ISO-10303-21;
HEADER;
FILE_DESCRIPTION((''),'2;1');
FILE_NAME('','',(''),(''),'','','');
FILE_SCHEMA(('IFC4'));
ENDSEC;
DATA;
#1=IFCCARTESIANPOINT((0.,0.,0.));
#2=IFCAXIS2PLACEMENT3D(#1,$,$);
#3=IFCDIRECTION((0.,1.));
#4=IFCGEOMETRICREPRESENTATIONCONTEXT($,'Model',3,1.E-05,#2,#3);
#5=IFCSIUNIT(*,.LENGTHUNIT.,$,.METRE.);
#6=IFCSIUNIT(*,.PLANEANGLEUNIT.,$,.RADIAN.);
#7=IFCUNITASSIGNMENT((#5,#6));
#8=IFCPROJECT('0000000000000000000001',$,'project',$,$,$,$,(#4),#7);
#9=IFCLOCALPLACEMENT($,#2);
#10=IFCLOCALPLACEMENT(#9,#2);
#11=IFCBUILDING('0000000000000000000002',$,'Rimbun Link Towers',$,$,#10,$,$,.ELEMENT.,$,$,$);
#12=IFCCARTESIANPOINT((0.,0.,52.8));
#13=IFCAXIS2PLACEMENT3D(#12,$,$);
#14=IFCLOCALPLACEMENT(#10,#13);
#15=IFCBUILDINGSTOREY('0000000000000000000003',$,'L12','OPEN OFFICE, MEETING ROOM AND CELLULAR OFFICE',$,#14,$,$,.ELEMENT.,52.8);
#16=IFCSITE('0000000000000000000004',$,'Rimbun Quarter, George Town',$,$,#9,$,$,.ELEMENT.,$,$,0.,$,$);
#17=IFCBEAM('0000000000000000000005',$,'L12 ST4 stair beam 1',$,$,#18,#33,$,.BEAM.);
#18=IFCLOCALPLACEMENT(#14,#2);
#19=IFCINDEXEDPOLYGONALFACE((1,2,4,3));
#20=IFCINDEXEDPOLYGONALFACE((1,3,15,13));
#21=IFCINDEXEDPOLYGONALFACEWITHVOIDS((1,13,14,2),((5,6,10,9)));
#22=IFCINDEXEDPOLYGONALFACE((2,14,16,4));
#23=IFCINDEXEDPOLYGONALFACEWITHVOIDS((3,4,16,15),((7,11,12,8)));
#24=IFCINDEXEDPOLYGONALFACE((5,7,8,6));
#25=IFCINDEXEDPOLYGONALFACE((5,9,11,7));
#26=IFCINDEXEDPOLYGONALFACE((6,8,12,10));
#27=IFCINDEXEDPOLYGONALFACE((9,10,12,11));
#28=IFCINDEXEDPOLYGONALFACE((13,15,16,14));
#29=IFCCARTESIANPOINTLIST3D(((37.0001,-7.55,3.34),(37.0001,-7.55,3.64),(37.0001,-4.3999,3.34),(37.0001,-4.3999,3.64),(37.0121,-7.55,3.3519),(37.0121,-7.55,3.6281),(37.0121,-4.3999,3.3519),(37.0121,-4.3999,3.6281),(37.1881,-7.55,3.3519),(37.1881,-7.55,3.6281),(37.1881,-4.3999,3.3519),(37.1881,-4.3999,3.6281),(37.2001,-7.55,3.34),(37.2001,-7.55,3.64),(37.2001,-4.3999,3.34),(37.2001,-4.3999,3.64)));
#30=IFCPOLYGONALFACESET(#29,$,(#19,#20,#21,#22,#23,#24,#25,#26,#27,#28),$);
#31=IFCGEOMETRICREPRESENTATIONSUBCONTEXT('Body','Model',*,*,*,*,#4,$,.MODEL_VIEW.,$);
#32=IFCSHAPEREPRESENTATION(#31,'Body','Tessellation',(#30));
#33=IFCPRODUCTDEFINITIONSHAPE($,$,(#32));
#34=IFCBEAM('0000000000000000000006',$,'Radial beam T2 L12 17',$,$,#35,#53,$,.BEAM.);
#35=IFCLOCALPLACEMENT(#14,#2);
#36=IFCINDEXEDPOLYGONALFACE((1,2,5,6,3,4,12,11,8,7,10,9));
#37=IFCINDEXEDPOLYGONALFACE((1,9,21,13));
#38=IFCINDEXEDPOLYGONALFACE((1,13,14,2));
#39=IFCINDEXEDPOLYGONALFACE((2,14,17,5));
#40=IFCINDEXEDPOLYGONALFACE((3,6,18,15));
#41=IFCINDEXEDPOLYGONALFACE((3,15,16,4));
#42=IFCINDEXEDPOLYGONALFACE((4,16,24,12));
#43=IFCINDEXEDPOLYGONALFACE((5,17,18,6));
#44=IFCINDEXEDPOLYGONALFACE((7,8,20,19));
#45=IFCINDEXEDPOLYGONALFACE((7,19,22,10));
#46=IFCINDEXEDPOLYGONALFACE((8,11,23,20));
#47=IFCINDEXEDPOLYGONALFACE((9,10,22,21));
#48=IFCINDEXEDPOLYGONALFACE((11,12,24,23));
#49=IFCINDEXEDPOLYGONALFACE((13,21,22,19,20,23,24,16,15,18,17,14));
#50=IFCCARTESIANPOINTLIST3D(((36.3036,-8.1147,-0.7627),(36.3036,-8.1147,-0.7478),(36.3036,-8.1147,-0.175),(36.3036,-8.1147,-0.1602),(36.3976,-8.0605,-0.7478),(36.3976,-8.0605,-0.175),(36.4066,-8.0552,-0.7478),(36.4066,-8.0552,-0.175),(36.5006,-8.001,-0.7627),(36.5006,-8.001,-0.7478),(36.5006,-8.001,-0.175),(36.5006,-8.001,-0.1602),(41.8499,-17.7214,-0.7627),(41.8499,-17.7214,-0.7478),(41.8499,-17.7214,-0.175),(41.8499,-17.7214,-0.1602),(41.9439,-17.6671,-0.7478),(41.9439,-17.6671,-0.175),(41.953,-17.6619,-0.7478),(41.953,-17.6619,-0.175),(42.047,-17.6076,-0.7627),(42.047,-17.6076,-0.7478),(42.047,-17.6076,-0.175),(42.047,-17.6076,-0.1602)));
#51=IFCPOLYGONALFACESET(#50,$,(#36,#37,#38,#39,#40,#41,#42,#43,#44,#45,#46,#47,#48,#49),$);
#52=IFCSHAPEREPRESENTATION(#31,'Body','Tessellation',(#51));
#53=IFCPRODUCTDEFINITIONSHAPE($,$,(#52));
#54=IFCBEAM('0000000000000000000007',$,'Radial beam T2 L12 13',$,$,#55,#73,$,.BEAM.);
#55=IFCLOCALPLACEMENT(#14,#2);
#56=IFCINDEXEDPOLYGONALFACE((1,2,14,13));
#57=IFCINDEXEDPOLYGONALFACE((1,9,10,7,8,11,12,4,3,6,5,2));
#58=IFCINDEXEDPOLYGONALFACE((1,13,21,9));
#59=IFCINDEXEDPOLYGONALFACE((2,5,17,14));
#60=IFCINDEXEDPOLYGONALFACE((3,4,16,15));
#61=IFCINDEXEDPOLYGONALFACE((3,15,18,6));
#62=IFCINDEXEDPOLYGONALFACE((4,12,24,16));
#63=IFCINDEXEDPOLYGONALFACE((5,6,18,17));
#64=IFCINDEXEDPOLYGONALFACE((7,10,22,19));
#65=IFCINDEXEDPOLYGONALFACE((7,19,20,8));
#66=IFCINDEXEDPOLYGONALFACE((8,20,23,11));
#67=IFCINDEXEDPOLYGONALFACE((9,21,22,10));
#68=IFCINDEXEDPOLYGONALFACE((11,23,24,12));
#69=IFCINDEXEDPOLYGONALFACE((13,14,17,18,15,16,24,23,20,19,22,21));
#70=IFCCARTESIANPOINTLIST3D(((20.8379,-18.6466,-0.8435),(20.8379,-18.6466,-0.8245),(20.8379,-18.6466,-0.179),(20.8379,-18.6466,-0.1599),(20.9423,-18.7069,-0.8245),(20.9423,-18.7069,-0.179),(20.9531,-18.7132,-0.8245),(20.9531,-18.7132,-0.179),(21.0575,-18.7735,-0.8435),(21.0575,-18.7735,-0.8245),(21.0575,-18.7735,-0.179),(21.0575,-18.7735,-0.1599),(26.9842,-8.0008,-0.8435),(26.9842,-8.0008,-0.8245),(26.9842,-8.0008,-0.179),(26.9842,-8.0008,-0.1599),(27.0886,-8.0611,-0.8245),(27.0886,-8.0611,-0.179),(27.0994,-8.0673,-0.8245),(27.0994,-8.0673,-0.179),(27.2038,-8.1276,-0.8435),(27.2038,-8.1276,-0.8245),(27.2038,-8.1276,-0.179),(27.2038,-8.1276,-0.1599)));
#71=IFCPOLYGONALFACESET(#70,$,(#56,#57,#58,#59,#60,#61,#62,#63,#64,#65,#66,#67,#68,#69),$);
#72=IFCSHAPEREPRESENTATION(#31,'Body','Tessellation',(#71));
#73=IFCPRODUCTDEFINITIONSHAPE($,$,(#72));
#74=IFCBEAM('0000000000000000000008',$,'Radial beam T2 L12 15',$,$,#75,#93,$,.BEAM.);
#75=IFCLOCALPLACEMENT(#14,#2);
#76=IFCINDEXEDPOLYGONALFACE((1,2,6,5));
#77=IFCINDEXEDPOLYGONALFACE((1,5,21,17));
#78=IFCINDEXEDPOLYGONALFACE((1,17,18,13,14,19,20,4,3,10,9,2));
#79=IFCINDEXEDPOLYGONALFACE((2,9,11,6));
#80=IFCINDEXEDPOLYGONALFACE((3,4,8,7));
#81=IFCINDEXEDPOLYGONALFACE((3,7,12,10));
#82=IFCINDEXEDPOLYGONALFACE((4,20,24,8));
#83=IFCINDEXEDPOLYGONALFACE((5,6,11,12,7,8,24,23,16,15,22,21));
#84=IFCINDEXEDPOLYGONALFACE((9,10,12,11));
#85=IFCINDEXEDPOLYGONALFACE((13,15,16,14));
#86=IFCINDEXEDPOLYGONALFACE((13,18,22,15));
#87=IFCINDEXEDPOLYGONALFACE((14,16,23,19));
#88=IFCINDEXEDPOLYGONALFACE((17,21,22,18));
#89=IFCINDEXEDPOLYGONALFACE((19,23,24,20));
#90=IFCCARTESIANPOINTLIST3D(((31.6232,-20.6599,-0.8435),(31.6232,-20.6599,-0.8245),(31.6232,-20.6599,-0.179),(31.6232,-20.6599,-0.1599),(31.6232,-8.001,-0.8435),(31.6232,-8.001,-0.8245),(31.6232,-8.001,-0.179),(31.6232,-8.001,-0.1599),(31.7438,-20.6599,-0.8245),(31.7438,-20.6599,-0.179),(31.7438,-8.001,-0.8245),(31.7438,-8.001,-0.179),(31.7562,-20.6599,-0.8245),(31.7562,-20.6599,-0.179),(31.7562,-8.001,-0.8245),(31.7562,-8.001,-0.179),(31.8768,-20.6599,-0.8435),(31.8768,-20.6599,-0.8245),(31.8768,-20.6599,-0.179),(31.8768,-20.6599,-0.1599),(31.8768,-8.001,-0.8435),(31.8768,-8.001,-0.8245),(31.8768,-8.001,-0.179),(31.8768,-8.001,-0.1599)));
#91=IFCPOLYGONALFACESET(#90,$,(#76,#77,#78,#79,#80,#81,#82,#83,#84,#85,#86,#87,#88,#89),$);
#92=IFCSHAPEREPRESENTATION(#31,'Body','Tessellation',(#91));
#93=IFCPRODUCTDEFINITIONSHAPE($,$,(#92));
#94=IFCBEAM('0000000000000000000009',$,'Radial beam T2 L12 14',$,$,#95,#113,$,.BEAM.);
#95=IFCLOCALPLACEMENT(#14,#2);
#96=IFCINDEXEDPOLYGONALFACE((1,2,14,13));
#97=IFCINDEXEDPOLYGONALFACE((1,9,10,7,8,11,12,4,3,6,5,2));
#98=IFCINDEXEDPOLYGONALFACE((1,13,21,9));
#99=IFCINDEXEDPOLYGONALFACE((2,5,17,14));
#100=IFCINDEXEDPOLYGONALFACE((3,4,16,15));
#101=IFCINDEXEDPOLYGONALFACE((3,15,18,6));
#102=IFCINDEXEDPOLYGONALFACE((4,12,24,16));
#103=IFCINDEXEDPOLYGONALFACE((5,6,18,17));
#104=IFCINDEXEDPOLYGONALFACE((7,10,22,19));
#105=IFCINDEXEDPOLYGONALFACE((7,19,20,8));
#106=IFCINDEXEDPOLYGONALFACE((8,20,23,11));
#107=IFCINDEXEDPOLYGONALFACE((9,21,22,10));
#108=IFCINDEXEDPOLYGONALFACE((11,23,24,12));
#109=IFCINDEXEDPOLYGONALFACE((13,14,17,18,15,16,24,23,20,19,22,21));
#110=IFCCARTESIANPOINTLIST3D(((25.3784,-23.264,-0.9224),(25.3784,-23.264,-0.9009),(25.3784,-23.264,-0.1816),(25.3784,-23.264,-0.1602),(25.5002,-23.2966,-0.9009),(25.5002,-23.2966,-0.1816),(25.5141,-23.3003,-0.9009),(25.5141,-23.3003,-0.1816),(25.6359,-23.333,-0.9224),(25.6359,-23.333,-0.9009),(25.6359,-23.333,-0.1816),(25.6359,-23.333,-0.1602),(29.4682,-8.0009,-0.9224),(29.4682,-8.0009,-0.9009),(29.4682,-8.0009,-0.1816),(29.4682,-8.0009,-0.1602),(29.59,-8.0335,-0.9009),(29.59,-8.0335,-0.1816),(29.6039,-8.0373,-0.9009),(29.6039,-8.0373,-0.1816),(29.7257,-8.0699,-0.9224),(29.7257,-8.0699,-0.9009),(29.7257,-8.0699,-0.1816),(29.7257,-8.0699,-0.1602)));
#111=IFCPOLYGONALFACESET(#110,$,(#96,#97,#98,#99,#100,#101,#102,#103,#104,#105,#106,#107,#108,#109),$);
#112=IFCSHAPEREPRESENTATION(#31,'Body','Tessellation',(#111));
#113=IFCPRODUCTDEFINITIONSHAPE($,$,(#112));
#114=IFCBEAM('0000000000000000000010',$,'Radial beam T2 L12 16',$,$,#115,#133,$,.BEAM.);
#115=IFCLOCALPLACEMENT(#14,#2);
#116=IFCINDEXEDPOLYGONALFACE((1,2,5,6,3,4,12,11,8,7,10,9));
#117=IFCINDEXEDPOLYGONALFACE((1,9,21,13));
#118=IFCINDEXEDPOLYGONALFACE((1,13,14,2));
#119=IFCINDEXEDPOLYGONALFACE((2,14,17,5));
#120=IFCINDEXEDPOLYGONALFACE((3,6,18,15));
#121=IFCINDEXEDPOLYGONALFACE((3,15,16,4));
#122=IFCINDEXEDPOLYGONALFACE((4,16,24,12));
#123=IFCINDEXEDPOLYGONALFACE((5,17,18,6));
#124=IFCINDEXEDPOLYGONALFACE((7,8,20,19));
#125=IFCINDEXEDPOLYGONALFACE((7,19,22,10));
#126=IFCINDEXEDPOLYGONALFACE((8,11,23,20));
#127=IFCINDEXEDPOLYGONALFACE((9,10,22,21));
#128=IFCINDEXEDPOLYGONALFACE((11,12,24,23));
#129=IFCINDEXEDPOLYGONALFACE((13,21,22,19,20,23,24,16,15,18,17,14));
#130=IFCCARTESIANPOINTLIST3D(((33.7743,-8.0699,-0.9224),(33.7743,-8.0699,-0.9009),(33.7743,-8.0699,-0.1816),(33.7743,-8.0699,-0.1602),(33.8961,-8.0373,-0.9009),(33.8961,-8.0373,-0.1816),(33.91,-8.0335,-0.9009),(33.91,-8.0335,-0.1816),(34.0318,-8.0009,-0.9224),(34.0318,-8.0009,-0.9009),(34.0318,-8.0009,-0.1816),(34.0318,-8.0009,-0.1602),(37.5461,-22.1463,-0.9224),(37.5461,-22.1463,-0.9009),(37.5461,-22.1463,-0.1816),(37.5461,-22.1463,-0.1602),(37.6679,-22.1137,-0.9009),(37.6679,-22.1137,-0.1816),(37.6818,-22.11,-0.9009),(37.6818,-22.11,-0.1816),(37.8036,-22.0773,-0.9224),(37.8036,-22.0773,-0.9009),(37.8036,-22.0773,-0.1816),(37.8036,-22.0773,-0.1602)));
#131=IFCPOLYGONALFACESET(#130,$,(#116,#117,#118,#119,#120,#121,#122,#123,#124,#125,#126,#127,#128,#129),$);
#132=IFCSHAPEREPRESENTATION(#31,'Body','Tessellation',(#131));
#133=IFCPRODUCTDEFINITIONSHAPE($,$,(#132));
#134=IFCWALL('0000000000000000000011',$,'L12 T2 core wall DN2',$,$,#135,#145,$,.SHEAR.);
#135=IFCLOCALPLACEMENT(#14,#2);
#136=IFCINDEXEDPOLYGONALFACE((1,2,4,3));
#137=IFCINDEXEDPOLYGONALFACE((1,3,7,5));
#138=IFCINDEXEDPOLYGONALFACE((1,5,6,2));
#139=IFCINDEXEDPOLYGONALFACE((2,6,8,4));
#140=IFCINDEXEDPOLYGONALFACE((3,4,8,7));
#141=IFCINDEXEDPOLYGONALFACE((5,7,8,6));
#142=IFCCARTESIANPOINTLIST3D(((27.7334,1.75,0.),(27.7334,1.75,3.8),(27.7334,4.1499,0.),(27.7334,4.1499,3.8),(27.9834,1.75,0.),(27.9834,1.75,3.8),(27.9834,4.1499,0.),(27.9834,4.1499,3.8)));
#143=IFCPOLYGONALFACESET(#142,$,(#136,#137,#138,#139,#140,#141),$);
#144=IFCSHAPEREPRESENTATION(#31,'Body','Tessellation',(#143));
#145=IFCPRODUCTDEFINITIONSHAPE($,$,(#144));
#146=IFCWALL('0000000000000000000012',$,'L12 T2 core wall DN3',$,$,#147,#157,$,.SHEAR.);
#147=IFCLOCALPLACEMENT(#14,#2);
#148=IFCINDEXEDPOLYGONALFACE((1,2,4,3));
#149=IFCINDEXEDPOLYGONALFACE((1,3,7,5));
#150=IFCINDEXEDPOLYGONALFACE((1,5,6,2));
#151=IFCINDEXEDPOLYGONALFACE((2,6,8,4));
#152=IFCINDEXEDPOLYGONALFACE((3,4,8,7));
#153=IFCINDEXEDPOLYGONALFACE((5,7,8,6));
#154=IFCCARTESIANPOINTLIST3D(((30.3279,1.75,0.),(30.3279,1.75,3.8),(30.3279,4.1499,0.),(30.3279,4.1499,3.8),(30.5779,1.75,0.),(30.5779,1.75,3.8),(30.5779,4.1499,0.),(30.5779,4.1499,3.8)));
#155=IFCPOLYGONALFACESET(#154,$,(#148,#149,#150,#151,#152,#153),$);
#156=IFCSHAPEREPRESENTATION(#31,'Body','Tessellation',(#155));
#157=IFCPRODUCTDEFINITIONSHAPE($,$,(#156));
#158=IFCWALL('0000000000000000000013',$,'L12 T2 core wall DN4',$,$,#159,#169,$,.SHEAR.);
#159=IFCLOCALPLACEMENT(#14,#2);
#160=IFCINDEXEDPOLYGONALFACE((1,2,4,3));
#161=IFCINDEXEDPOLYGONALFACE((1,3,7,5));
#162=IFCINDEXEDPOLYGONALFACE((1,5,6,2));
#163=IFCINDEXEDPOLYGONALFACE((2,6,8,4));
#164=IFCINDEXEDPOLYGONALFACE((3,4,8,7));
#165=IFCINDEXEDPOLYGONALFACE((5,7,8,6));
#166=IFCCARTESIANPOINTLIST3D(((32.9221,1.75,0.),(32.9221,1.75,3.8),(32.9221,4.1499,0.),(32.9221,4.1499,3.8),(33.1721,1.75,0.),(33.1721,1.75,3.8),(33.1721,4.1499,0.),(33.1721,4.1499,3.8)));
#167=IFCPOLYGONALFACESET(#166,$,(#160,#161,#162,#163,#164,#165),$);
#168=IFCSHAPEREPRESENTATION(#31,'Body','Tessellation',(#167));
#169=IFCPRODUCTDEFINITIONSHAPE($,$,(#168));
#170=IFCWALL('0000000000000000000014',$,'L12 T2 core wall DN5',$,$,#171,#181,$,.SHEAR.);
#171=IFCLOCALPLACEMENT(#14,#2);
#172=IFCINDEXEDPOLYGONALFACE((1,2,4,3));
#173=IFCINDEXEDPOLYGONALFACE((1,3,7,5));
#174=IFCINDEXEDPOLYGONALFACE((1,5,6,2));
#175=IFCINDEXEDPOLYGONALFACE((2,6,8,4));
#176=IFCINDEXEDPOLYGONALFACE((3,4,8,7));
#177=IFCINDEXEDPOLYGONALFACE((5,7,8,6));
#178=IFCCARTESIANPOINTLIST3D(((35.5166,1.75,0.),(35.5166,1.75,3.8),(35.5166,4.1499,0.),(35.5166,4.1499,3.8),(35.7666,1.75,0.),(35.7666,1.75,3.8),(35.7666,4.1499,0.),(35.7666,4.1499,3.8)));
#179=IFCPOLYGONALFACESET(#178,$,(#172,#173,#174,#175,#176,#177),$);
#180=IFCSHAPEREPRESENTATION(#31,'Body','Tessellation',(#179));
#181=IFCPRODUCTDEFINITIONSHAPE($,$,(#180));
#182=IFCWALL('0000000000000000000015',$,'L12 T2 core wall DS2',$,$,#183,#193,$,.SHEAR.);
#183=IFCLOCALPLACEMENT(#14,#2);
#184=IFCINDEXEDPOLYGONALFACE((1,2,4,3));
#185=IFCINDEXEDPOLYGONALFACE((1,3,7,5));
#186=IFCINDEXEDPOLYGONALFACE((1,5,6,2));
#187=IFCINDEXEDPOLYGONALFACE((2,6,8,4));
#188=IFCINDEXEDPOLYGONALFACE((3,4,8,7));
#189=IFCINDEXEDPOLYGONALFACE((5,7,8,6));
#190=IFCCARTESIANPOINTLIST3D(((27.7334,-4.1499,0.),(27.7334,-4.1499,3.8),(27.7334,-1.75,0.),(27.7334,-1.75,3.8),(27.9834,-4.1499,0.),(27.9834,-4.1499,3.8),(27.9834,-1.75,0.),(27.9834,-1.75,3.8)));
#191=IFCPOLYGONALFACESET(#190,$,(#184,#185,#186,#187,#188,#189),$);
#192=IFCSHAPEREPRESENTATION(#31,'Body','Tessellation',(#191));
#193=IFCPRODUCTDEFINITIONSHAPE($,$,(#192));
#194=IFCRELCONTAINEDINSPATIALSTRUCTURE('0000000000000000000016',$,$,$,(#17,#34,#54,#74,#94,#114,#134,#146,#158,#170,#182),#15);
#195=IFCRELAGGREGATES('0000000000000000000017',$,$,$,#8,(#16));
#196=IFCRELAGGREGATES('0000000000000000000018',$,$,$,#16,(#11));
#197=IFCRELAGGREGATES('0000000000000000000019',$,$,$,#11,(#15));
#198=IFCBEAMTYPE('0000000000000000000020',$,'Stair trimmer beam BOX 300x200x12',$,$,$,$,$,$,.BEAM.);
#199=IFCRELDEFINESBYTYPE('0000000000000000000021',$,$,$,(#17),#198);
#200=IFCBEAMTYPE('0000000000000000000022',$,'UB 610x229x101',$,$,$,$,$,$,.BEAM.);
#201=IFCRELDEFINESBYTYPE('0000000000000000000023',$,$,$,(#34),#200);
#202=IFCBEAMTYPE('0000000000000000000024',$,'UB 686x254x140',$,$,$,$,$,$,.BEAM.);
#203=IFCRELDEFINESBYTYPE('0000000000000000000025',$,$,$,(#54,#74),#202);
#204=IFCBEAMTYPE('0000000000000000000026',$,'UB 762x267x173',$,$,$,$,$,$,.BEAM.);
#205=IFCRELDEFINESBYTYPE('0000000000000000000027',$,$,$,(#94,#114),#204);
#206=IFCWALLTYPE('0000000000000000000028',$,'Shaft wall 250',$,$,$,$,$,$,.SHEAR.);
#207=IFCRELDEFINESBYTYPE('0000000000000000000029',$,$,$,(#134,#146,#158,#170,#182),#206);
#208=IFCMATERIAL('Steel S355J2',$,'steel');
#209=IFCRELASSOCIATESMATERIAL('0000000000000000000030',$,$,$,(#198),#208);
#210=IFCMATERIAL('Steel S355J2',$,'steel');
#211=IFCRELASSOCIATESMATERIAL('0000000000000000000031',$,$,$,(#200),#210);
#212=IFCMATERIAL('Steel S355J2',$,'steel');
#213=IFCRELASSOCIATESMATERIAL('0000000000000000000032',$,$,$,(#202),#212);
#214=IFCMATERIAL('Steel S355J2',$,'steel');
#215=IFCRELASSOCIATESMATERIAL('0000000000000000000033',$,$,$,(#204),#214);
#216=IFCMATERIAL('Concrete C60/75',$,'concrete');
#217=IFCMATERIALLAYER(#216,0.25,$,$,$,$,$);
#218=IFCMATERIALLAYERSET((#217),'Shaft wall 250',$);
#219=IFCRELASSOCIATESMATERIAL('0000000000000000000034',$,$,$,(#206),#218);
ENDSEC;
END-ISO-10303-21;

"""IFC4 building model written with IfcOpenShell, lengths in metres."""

from ifc_helpers import new_model, si_unit, direction, frame, frame_2d, origin, origin_2d, place, context, subcontext, project, spatial, rectangle, hollow_rectangle, i_section, extrude, material, layer, layer_set, material_profile, profile_set, type_object, element, save


model = new_model("IFC4")

# Units and contexts
model_context = context("Model", 3, precision=1e-05, world=origin(), true_north=direction((0.0, 1.0)))
body_context = subcontext(model_context, "Body", "Model", "MODEL_VIEW")
ifc_project = project(units=[si_unit("LENGTHUNIT", "METRE"), si_unit("PLANEANGLEUNIT", "RADIAN")], contexts=[model_context])

# Site, building, storey
site_placement = place(None, origin())
site = spatial("IfcSite", under=ifc_project, at=site_placement, Name="Rimbun Quarter, George Town", CompositionType="ELEMENT", RefElevation=0.0)
building_placement = place(site_placement, origin())
building = spatial("IfcBuilding", under=site, at=building_placement, Name="Rimbun Link Towers", CompositionType="ELEMENT")
storey_placement = place(building_placement, frame((0.0, 0.0, 52.8)))
storey = spatial("IfcBuildingStorey", under=building, at=storey_placement, Name="L12", Description="OPEN OFFICE, MEETING ROOM AND CELLULAR OFFICE", CompositionType="ELEMENT", Elevation=52.8)

# Beams
ifc_material_1 = material(Name="Steel S355J2", Category="steel")
ifc_material_profile_1 = material_profile(ifc_material_1, hollow_rectangle(XDim=0.2, YDim=0.3, WallThickness=0.012, at=origin_2d()), Name="BOX 300x200x12")
ifc_profile_set_1 = profile_set([ifc_material_profile_1], Name="Steel S355J2")
beam_type_1 = type_object("IfcBeamType", Name="Stair trimmer beam BOX 300x200x12", PredefinedType="BEAM", material=ifc_profile_set_1)
beam_1_placement = place(storey_placement, frame((37.1001, -7.55, 3.49), z_axis=(0.0, 1.0, 0.0), x_axis=(-1.0, 0.0, 0.0)))
element("IfcBeam", 1, at=beam_1_placement, inside=storey, type_object=beam_type_1, Name="L12 ST4 stair beam 1", PredefinedType="BEAM", context=body_context, shape_type="SweptSolid", body=[
    extrude(hollow_rectangle(XDim=0.2, YDim=0.3, WallThickness=0.012, at=origin_2d()), origin(), (0.0, 0.0, 1.0), 3.1501),
])
ifc_material_2 = material(Name="Steel S355J2", Category="steel")
ifc_material_profile_2 = material_profile(ifc_material_2, i_section(OverallWidth=0.2275, OverallDepth=0.6025, WebThickness=0.0105, FlangeThickness=0.0149, at=origin_2d()), Name="UB 610x229x101")
ifc_profile_set_2 = profile_set([ifc_material_profile_2], Name="Steel S355J2")
beam_type_2 = type_object("IfcBeamType", Name="UB 610x229x101", PredefinedType="BEAM", material=ifc_profile_set_2)
beam_2_placement = place(storey_placement, frame((36.4021, -8.0579, -0.4614), z_axis=(0.499997, -0.866027, 0.0), x_axis=(0.866027, 0.499997, 0.0)))
element("IfcBeam", 2, at=beam_2_placement, inside=storey, type_object=beam_type_2, Name="Radial beam T2 L12 17", PredefinedType="BEAM", context=body_context, shape_type="SweptSolid", body=[
    extrude(i_section(OverallWidth=0.2275, OverallDepth=0.6025, WebThickness=0.0105, FlangeThickness=0.0149, at=origin_2d()), origin(), (0.0, 0.0, 1.0), 11.0928),
])
ifc_material_3 = material(Name="Steel S355J2", Category="steel")
ifc_material_profile_3 = material_profile(ifc_material_3, i_section(OverallWidth=0.2537, OverallDepth=0.6836, WebThickness=0.0125, FlangeThickness=0.019, at=origin_2d()), Name="UB 686x254x140")
ifc_profile_set_3 = profile_set([ifc_material_profile_3], Name="Steel S355J2")
beam_type_3 = type_object("IfcBeamType", Name="UB 686x254x140", PredefinedType="BEAM", material=ifc_profile_set_3)
beam_3_placement = place(storey_placement, frame((27.094, -8.0642, -0.5017), z_axis=(-0.499995, -0.866028, 0.0), x_axis=(0.866028, -0.499995, 0.0)))
element("IfcBeam", 3, at=beam_3_placement, inside=storey, type_object=beam_type_3, Name="Radial beam T2 L12 13", PredefinedType="BEAM", context=body_context, shape_type="SweptSolid", body=[
    extrude(i_section(OverallWidth=0.2537, OverallDepth=0.6836, WebThickness=0.0125, FlangeThickness=0.019, at=origin_2d()), origin(), (0.0, 0.0, 1.0), 12.2927),
])
beam_4_placement = place(storey_placement, frame((31.75, -8.001, -0.5017), z_axis=(0.0, -1.0, 0.0), x_axis=(1.0, 0.0, 0.0)))
element("IfcBeam", 4, at=beam_4_placement, inside=storey, type_object=beam_type_3, Name="Radial beam T2 L12 15", PredefinedType="BEAM", context=body_context, shape_type="SweptSolid", body=[
    extrude(i_section(OverallWidth=0.2537, OverallDepth=0.6836, WebThickness=0.0125, FlangeThickness=0.019, at=origin_2d()), origin(), (0.0, 0.0, 1.0), 12.6589),
])
ifc_material_4 = material(Name="Steel S355J2", Category="steel")
ifc_material_profile_4 = material_profile(ifc_material_4, i_section(OverallWidth=0.2666, OverallDepth=0.7622, WebThickness=0.0144, FlangeThickness=0.0215, at=origin_2d()), Name="UB 762x267x173")
ifc_profile_set_4 = profile_set([ifc_material_profile_4], Name="Steel S355J2")
beam_type_4 = type_object("IfcBeamType", Name="UB 762x267x173", PredefinedType="BEAM", material=ifc_profile_set_4)
beam_5_placement = place(storey_placement, frame((29.5969, -8.0354, -0.5413), z_axis=(-0.258824, -0.965924, 0.0), x_axis=(0.965924, -0.258824, 0.0)))
element("IfcBeam", 5, at=beam_5_placement, inside=storey, type_object=beam_type_4, Name="Radial beam T2 L12 14", PredefinedType="BEAM", context=body_context, shape_type="SweptSolid", body=[
    extrude(i_section(OverallWidth=0.2666, OverallDepth=0.7622, WebThickness=0.0144, FlangeThickness=0.0215, at=origin_2d()), origin(), (0.0, 0.0, 1.0), 15.8015),
])
beam_6_placement = place(storey_placement, frame((33.9031, -8.0354, -0.5413), z_axis=(0.258817, -0.965926, 0.0), x_axis=(0.965926, 0.258817, 0.0)))
element("IfcBeam", 6, at=beam_6_placement, inside=storey, type_object=beam_type_4, Name="Radial beam T2 L12 16", PredefinedType="BEAM", context=body_context, shape_type="SweptSolid", body=[
    extrude(i_section(OverallWidth=0.2666, OverallDepth=0.7622, WebThickness=0.0144, FlangeThickness=0.0215, at=origin_2d()), origin(), (0.0, 0.0, 1.0), 14.573),
])

# Walls
ifc_material_5 = material(Name="Concrete C60/75", Category="concrete")
ifc_layer = layer(ifc_material_5, 0.25)
ifc_layer_set = layer_set([ifc_layer], Name="Shaft wall 250")
wall_type = type_object("IfcWallType", Name="Shaft wall 250", PredefinedType="SHEAR", material=ifc_layer_set)
for number, where, z_axis, x_axis, name in (
    (7, (27.8584, 1.75, 0.0), (0.0, 0.0, 1.0), (0.0, 1.0, 0.0), "L12 T2 core wall DN2"),
    (8, (30.4529, 1.75, 0.0), (0.0, 0.0, 1.0), (0.0, 1.0, 0.0), "L12 T2 core wall DN3"),
    (9, (33.0471, 1.75, 0.0), (0.0, 0.0, 1.0), (0.0, 1.0, 0.0), "L12 T2 core wall DN4"),
    (10, (35.6416, 1.75, 0.0), (0.0, 0.0, 1.0), (0.0, 1.0, 0.0), "L12 T2 core wall DN5"),
    (11, (27.8584, -4.1499, 0.0), (0.0, 0.0, 1.0), (0.0, 1.0, 0.0), "L12 T2 core wall DS2"),
):
    element("IfcWall", number, at=place(storey_placement, frame(where, z_axis=z_axis, x_axis=x_axis)), inside=storey, type_object=wall_type, Name=name, PredefinedType="SHEAR", context=body_context, shape_type="SweptSolid", body=[
        extrude(rectangle(XDim=2.3999, YDim=0.25, at=frame_2d((1.2, 0.0))), origin(), (0.0, 0.0, 1.0), 3.8),
    ])

save(model, "model.ifc")
